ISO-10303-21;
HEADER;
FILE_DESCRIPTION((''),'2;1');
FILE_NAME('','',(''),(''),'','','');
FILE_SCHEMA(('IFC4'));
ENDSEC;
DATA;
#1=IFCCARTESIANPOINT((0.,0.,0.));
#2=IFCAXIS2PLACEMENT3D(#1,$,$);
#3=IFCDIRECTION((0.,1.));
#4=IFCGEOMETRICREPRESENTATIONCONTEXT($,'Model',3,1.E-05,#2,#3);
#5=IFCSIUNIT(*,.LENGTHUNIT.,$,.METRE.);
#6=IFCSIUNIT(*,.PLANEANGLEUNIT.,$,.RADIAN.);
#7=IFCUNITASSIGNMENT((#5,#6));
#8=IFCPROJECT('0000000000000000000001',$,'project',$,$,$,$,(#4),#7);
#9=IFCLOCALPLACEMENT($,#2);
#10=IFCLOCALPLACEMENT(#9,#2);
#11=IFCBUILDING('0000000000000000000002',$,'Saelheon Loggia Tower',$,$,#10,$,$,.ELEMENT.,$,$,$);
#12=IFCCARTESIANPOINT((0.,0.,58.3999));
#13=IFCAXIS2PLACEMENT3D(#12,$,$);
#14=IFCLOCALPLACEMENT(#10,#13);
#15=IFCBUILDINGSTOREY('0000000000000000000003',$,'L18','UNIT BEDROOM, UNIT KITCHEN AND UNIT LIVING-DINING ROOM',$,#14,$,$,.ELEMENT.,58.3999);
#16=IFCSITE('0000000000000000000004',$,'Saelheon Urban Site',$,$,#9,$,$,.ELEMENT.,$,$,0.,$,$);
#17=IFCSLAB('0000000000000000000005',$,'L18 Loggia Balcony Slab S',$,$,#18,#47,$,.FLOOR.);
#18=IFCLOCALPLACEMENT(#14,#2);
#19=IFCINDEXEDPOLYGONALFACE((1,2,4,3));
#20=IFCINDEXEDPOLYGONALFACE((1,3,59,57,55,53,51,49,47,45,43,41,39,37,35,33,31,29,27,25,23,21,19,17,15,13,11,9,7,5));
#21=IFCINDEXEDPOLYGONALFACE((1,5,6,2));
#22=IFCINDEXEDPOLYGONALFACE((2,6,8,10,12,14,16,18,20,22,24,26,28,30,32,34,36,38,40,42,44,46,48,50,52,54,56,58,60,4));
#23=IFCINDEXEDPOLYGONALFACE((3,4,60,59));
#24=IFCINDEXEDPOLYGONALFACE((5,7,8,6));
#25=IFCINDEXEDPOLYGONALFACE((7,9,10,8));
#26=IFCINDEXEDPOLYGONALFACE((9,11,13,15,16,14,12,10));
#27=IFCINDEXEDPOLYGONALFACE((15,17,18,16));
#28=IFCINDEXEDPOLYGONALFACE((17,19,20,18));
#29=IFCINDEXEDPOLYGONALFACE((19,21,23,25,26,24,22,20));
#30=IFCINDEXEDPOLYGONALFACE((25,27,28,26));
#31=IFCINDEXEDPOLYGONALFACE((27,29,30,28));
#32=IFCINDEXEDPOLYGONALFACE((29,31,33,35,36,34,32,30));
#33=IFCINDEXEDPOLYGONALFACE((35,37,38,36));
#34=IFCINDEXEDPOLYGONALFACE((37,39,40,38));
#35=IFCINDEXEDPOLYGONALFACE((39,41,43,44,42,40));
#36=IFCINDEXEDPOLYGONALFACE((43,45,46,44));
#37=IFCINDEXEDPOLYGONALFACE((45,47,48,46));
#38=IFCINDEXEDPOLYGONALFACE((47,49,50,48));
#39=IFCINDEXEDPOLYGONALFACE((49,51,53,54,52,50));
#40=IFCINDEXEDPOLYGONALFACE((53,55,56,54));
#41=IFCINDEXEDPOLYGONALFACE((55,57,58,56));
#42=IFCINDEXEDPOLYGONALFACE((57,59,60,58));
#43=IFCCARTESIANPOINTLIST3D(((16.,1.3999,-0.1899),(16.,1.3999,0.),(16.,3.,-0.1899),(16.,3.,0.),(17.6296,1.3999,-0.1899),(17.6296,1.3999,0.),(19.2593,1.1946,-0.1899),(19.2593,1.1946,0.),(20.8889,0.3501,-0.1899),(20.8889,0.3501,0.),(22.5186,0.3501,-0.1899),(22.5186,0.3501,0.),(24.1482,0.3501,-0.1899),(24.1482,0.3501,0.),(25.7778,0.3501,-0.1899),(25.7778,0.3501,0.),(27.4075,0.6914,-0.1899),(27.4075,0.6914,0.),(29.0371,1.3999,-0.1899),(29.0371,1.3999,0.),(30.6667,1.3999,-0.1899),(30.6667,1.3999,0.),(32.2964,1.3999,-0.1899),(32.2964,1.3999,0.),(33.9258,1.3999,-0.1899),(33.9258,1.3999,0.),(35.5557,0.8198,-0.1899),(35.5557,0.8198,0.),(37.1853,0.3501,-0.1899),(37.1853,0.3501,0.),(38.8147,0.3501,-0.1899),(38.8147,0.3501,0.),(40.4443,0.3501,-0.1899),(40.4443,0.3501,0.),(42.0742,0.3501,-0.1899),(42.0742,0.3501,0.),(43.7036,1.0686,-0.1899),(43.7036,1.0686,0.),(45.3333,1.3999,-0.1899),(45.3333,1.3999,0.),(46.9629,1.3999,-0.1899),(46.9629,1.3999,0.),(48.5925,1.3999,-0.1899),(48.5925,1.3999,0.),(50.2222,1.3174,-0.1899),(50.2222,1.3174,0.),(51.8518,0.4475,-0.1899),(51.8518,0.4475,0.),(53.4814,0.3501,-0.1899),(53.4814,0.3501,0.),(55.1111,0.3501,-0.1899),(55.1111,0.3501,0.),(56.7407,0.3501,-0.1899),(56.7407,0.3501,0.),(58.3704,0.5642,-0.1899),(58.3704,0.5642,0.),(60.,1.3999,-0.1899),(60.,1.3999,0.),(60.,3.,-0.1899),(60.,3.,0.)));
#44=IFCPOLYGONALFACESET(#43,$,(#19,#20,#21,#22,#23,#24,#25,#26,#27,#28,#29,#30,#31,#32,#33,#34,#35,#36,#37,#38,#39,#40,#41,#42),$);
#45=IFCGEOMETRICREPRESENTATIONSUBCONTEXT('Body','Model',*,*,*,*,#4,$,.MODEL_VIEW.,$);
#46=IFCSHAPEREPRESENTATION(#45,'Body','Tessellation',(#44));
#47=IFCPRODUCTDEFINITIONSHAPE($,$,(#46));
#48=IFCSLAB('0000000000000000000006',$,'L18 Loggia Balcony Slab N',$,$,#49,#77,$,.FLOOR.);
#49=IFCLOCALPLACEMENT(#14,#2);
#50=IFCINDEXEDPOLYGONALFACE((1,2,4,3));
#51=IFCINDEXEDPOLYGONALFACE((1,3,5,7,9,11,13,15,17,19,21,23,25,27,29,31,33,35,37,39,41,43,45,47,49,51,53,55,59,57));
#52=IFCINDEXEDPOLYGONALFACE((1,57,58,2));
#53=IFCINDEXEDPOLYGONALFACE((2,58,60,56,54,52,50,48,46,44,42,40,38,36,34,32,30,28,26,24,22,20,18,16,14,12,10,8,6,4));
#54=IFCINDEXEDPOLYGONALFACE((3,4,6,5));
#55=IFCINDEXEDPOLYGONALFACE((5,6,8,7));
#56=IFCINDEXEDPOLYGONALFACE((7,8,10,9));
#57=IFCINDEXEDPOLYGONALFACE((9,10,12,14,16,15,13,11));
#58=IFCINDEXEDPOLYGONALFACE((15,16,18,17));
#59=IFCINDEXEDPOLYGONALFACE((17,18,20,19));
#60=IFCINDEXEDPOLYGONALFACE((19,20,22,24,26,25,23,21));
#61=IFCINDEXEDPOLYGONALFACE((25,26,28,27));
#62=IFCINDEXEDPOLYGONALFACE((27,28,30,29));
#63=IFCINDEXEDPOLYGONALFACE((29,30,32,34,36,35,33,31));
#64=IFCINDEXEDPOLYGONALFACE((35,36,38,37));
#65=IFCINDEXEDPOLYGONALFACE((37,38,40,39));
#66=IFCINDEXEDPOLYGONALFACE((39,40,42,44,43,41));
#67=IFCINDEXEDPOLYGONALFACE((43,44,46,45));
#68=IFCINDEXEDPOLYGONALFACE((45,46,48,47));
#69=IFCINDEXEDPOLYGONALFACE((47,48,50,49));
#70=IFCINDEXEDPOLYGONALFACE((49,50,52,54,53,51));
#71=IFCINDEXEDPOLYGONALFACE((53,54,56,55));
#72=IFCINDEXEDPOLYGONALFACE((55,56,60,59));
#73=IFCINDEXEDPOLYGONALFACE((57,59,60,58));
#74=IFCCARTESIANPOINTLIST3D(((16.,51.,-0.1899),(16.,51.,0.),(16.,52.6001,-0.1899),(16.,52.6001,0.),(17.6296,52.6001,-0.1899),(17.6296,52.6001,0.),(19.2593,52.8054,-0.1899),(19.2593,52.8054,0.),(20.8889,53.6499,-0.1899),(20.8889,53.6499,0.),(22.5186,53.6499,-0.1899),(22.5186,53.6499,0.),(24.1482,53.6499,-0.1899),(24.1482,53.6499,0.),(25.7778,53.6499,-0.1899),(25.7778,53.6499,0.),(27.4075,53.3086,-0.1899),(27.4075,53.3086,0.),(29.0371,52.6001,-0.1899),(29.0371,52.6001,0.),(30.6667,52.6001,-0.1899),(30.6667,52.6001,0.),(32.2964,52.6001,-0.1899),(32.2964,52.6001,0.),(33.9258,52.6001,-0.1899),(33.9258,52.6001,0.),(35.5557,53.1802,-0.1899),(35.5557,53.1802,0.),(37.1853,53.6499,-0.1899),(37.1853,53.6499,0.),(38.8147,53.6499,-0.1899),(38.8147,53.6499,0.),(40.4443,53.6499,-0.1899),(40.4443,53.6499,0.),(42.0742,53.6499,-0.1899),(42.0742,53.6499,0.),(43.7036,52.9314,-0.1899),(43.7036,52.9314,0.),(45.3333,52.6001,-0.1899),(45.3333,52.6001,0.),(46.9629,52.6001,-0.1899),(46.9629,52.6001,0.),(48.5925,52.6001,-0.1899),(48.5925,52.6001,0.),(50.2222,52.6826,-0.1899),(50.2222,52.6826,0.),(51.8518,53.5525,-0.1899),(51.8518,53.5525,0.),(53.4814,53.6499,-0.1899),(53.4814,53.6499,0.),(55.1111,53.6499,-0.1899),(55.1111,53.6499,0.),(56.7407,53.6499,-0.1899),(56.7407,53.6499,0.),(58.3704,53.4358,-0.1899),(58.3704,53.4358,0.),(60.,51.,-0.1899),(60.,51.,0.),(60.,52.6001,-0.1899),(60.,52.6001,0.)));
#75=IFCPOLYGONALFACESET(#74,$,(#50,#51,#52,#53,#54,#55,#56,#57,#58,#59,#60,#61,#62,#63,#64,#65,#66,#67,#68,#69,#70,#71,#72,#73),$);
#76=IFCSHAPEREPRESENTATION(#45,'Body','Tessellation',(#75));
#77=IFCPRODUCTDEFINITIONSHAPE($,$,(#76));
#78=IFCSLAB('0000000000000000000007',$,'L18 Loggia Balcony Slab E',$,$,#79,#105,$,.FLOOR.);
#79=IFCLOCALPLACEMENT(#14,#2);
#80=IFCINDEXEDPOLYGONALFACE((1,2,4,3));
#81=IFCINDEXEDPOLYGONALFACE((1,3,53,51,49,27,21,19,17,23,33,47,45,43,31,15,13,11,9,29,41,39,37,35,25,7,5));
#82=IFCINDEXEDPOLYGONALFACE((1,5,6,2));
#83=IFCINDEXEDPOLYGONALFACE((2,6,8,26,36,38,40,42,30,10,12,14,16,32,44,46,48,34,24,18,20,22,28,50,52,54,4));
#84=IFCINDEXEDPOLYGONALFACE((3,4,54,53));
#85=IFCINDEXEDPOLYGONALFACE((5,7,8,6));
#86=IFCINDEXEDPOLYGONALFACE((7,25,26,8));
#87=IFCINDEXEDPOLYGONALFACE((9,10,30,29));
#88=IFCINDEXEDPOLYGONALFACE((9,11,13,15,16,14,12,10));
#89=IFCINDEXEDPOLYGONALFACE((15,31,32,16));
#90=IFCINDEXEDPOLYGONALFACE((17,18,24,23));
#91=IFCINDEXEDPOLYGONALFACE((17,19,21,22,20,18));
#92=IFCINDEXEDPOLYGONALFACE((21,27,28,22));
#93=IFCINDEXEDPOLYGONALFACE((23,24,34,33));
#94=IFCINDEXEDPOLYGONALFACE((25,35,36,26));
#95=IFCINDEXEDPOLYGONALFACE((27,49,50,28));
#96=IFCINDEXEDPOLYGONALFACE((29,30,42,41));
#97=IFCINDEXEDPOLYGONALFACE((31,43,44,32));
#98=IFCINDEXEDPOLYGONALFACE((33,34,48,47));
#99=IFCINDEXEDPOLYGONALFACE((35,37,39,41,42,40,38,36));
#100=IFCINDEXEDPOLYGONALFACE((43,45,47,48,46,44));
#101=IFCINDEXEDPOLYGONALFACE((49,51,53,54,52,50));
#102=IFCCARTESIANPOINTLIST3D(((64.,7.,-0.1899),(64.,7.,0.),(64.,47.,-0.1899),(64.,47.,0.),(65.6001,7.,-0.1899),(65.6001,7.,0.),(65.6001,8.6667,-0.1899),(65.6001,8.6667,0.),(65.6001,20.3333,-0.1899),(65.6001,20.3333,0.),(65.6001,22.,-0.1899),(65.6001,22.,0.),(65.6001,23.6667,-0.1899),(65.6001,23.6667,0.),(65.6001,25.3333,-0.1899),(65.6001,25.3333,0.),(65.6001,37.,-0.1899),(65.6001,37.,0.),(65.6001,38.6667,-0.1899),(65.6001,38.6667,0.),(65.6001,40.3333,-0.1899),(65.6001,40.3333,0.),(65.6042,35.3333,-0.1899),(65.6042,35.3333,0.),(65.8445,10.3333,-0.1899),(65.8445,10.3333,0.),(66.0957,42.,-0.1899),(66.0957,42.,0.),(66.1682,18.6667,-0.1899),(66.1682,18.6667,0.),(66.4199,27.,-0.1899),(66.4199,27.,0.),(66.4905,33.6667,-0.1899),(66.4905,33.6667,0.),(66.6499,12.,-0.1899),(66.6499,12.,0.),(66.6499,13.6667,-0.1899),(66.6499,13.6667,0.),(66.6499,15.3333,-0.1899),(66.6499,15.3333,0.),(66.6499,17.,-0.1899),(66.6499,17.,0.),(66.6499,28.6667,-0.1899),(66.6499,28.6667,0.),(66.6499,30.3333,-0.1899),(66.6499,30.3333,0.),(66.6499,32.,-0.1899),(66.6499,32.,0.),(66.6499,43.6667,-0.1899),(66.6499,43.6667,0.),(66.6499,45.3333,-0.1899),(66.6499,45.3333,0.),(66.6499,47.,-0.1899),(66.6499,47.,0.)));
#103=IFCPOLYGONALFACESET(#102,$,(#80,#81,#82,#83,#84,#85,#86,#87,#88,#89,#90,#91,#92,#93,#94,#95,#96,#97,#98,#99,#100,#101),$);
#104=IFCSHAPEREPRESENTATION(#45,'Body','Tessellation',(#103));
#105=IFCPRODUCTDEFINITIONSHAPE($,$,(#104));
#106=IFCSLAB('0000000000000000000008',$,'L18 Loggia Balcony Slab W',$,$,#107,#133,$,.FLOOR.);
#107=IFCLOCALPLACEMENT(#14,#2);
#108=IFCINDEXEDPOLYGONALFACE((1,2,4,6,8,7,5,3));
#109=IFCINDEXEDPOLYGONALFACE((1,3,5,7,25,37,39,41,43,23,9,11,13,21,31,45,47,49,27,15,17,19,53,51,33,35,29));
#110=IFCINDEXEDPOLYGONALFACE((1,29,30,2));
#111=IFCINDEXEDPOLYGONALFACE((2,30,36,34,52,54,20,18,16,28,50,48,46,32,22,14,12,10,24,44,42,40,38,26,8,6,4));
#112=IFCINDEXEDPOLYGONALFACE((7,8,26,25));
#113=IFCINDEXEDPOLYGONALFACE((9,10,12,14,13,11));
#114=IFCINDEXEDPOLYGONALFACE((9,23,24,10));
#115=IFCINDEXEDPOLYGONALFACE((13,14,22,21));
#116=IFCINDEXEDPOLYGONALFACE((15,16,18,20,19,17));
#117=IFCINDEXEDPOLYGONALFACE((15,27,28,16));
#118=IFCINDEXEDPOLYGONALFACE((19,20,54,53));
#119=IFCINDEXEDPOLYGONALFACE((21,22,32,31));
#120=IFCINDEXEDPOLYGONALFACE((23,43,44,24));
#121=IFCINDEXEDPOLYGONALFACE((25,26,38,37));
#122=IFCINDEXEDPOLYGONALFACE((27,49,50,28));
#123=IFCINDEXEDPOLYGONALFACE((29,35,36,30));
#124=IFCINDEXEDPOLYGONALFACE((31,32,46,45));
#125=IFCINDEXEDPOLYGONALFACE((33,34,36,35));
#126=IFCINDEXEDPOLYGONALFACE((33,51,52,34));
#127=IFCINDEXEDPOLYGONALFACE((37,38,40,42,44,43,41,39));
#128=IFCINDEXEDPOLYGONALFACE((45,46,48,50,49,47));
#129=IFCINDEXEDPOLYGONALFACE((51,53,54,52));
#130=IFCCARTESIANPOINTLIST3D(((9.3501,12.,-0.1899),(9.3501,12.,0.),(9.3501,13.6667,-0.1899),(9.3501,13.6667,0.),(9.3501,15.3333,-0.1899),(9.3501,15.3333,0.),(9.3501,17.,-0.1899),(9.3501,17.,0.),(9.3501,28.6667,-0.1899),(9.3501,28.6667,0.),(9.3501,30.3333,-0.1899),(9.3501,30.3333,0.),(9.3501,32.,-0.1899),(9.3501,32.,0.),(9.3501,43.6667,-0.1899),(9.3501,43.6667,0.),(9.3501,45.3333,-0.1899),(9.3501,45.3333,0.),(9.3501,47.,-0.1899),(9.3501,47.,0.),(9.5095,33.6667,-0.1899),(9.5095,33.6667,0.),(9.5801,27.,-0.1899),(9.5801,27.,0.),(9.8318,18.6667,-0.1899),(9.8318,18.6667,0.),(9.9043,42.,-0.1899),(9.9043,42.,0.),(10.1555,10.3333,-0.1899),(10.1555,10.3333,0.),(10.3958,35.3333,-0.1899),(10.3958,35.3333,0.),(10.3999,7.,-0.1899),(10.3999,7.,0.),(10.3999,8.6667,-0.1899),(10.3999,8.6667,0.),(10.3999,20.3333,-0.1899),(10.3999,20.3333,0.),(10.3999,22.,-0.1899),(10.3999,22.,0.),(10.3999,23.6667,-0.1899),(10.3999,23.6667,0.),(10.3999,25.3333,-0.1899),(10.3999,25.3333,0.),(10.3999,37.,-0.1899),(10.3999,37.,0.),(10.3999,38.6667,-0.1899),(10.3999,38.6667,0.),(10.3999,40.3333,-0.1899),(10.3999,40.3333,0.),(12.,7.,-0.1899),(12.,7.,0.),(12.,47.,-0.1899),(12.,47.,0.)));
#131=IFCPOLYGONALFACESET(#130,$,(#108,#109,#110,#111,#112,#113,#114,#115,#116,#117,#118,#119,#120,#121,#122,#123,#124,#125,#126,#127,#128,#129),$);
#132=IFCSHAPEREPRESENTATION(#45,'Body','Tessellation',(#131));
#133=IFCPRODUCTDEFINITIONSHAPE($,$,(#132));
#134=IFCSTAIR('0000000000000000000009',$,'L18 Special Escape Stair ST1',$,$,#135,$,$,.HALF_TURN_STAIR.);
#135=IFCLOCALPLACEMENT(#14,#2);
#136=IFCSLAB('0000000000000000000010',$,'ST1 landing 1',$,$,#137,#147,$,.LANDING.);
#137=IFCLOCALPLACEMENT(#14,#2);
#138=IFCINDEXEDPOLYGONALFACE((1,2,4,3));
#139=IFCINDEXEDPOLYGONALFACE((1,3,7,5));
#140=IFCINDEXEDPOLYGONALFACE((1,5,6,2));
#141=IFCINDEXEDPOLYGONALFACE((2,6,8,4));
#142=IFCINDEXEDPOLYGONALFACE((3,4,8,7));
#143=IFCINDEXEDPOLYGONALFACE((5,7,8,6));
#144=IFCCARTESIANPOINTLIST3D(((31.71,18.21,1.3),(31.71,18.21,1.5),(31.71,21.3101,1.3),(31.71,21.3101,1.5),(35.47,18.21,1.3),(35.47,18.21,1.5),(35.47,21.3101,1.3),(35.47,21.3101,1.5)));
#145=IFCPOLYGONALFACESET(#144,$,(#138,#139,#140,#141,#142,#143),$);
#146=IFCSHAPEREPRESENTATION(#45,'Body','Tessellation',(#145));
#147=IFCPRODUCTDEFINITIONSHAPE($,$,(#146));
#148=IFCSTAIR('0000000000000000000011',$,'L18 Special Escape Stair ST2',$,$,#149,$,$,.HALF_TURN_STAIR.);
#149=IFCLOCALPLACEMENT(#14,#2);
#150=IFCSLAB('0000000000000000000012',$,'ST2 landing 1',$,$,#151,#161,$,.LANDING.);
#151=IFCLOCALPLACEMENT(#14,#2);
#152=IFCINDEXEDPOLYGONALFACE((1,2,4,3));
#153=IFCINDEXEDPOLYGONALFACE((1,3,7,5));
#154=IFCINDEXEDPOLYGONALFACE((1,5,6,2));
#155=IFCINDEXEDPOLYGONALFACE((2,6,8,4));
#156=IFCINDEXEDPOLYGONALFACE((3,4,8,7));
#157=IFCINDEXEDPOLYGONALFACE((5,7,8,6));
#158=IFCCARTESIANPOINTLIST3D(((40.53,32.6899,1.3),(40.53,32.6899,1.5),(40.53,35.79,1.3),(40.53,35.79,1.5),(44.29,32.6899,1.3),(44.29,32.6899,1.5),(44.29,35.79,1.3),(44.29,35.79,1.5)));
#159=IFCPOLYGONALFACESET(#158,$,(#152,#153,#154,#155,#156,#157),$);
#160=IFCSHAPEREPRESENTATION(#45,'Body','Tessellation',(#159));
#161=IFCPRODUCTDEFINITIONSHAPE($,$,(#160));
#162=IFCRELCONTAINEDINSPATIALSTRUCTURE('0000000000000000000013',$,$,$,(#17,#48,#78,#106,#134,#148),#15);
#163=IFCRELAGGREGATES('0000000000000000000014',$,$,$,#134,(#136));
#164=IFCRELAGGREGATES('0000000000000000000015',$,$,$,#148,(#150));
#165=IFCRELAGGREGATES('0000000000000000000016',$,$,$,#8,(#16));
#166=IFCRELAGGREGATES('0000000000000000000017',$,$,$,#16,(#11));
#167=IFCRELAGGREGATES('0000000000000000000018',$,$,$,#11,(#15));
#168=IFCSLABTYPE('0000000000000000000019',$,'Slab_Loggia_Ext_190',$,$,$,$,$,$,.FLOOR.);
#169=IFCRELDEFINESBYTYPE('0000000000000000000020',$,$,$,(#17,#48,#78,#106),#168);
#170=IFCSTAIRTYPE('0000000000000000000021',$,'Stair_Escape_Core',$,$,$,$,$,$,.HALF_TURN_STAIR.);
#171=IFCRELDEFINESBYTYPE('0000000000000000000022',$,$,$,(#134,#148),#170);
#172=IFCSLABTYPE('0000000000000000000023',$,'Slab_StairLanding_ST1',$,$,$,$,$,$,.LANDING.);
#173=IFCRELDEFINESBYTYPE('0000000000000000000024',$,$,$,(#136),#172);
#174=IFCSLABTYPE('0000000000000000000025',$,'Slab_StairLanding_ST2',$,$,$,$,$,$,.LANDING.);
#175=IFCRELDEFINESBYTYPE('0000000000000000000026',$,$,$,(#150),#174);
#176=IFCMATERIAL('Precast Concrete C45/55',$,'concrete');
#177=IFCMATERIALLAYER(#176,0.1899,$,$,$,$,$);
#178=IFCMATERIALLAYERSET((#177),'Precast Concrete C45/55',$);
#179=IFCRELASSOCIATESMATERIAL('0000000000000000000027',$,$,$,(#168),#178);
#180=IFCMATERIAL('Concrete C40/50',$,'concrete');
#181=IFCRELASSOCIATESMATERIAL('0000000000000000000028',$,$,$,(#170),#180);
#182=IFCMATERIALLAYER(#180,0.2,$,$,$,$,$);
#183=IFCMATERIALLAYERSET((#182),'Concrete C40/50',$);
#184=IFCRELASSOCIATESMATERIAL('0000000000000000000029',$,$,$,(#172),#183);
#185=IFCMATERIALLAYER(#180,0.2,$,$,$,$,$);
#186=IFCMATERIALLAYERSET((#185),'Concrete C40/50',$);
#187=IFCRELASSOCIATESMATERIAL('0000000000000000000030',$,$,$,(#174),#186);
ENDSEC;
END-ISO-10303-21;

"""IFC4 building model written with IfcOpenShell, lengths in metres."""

from ifc_helpers import new_model, si_unit, direction, frame, origin, place, context, subcontext, project, spatial, polyline, outline, extrude, material, layer, layer_set, type_object, element, aggregate, save


model = new_model("IFC4")

# Units and contexts
model_context = context("Model", 3, precision=1e-05, world=origin(), true_north=direction((0.0, 1.0)))
body_context = subcontext(model_context, "Body", "Model", "MODEL_VIEW")
ifc_project = project(units=[si_unit("LENGTHUNIT", "METRE"), si_unit("PLANEANGLEUNIT", "RADIAN")], contexts=[model_context])

# Site, building, storey
site_placement = place(None, origin())
site = spatial("IfcSite", under=ifc_project, at=site_placement, Name="Saelheon Urban Site", CompositionType="ELEMENT", RefElevation=0.0)
building_placement = place(site_placement, origin())
building = spatial("IfcBuilding", under=site, at=building_placement, Name="Saelheon Loggia Tower", CompositionType="ELEMENT")
storey_placement = place(building_placement, frame((0.0, 0.0, 58.3999)))
storey = spatial("IfcBuildingStorey", under=building, at=storey_placement, Name="L18", Description="UNIT BEDROOM, UNIT KITCHEN AND UNIT LIVING-DINING ROOM", CompositionType="ELEMENT", Elevation=58.3999)

# Slabs
ifc_material_1 = material(Name="Precast Concrete C45/55", Category="concrete")
ifc_layer_1 = layer(ifc_material_1, 0.1899)
ifc_layer_set_1 = layer_set([ifc_layer_1], Name="Precast Concrete C45/55")
slab_type_1 = type_object("IfcSlabType", Name="Slab_Loggia_Ext_190", PredefinedType="FLOOR", material=ifc_layer_set_1)
slab_1_placement = place(storey_placement, frame((0.0, 0.0, -0.1899)))
element("IfcSlab", 1, at=slab_1_placement, inside=storey, type_object=slab_type_1, Name="L18 Loggia Balcony Slab S", PredefinedType="FLOOR", context=body_context, shape_type="SweptSolid", body=[
    extrude(outline(polyline([(16.0, 1.3999), (17.6296, 1.3999), (19.2593, 1.1946), (20.8889, 0.3501), (22.5186, 0.3501), (24.1482, 0.3501), (25.7778, 0.3501), (27.4075, 0.6914), (29.0371, 1.3999), (30.6667, 1.3999), (32.2964, 1.3999), (33.9258, 1.3999), (35.5557, 0.8198), (37.1853, 0.3501), (38.8147, 0.3501), (40.4443, 0.3501), (42.0742, 0.3501), (43.7036, 1.0686), (45.3333, 1.3999), (46.9629, 1.3999), (48.5925, 1.3999), (50.2222, 1.3174), (51.8518, 0.4475), (53.4814, 0.3501), (55.1111, 0.3501), (56.7407, 0.3501), (58.3704, 0.5642), (60.0, 1.3999), (60.0, 3.0), (16.0, 3.0), (16.0, 1.3999)])), origin(), (0.0, 0.0, 1.0), 0.1899),
])
slab_2_placement = place(storey_placement, frame((0.0, 0.0, -0.1899)))
element("IfcSlab", 2, at=slab_2_placement, inside=storey, type_object=slab_type_1, Name="L18 Loggia Balcony Slab N", PredefinedType="FLOOR", context=body_context, shape_type="SweptSolid", body=[
    extrude(outline(polyline([(16.0, 51.0), (60.0, 51.0), (60.0, 52.6001), (58.3704, 53.4358), (56.7407, 53.6499), (55.1111, 53.6499), (53.4814, 53.6499), (51.8518, 53.5525), (50.2222, 52.6826), (48.5925, 52.6001), (46.9629, 52.6001), (45.3333, 52.6001), (43.7036, 52.9314), (42.0742, 53.6499), (40.4443, 53.6499), (38.8147, 53.6499), (37.1853, 53.6499), (35.5557, 53.1802), (33.9258, 52.6001), (32.2964, 52.6001), (30.6667, 52.6001), (29.0371, 52.6001), (27.4075, 53.3086), (25.7778, 53.6499), (24.1482, 53.6499), (22.5186, 53.6499), (20.8889, 53.6499), (19.2593, 52.8054), (17.6296, 52.6001), (16.0, 52.6001), (16.0, 51.0)])), origin(), (0.0, 0.0, 1.0), 0.1899),
])
slab_3_placement = place(storey_placement, frame((0.0, 0.0, -0.1899)))
element("IfcSlab", 3, at=slab_3_placement, inside=storey, type_object=slab_type_1, Name="L18 Loggia Balcony Slab E", PredefinedType="FLOOR", context=body_context, shape_type="SweptSolid", body=[
    extrude(outline(polyline([(64.0, 7.0), (65.6001, 7.0), (65.6001, 8.6667), (65.8445, 10.3333), (66.6499, 12.0), (66.6499, 13.6667), (66.6499, 15.3333), (66.6499, 17.0), (66.1682, 18.6667), (65.6001, 20.3333), (65.6001, 22.0), (65.6001, 23.6667), (65.6001, 25.3333), (66.4199, 27.0), (66.6499, 28.6667), (66.6499, 30.3333), (66.6499, 32.0), (66.4905, 33.6667), (65.6042, 35.3333), (65.6001, 37.0), (65.6001, 38.6667), (65.6001, 40.3333), (66.0957, 42.0), (66.6499, 43.6667), (66.6499, 45.3333), (66.6499, 47.0), (64.0, 47.0), (64.0, 7.0)])), origin(), (0.0, 0.0, 1.0), 0.1899),
])
slab_4_placement = place(storey_placement, frame((0.0, 0.0, -0.1899)))
element("IfcSlab", 4, at=slab_4_placement, inside=storey, type_object=slab_type_1, Name="L18 Loggia Balcony Slab W", PredefinedType="FLOOR", context=body_context, shape_type="SweptSolid", body=[
    extrude(outline(polyline([(12.0, 7.0), (12.0, 47.0), (9.3501, 47.0), (9.3501, 45.3333), (9.3501, 43.6667), (9.9043, 42.0), (10.3999, 40.3333), (10.3999, 38.6667), (10.3999, 37.0), (10.3958, 35.3333), (9.5095, 33.6667), (9.3501, 32.0), (9.3501, 30.3333), (9.3501, 28.6667), (9.5801, 27.0), (10.3999, 25.3333), (10.3999, 23.6667), (10.3999, 22.0), (10.3999, 20.3333), (9.8318, 18.6667), (9.3501, 17.0), (9.3501, 15.3333), (9.3501, 13.6667), (9.3501, 12.0), (10.1555, 10.3333), (10.3999, 8.6667), (10.3999, 7.0), (12.0, 7.0)])), origin(), (0.0, 0.0, 1.0), 0.1899),
])

# Stairs, slabs
ifc_material_2 = material(Name="Concrete C40/50", Category="concrete")
stair_type = type_object("IfcStairType", Name="Stair_Escape_Core", PredefinedType="HALF_TURN_STAIR", material=ifc_material_2)
stair_1_placement = place(storey_placement, origin())
stair_1 = element("IfcStair", 5, at=stair_1_placement, inside=storey, type_object=stair_type, Name="L18 Special Escape Stair ST1", PredefinedType="HALF_TURN_STAIR")
ifc_layer_2 = layer(ifc_material_2, 0.2)
ifc_layer_set_2 = layer_set([ifc_layer_2], Name="Concrete C40/50")
slab_type_2 = type_object("IfcSlabType", Name="Slab_StairLanding_ST1", PredefinedType="LANDING", material=ifc_layer_set_2)
slab_5_placement = place(storey_placement, frame((0.0, 0.0, 1.3)))
slab_5 = element("IfcSlab", 6, at=slab_5_placement, type_object=slab_type_2, Name="ST1 landing 1", PredefinedType="LANDING", context=body_context, shape_type="SweptSolid", body=[
    extrude(outline(polyline([(31.71, 21.3101), (31.71, 18.21), (35.47, 18.21), (35.47, 21.3101), (31.71, 21.3101)])), origin(), (0.0, 0.0, 1.0), 0.2),
])
aggregate(stair_1, [slab_5])
stair_2_placement = place(storey_placement, origin())
stair_2 = element("IfcStair", 7, at=stair_2_placement, inside=storey, type_object=stair_type, Name="L18 Special Escape Stair ST2", PredefinedType="HALF_TURN_STAIR")
ifc_layer_3 = layer(ifc_material_2, 0.2)
ifc_layer_set_3 = layer_set([ifc_layer_3], Name="Concrete C40/50")
slab_type_3 = type_object("IfcSlabType", Name="Slab_StairLanding_ST2", PredefinedType="LANDING", material=ifc_layer_set_3)
slab_6_placement = place(storey_placement, frame((0.0, 0.0, 1.3)))
slab_6 = element("IfcSlab", 8, at=slab_6_placement, type_object=slab_type_3, Name="ST2 landing 1", PredefinedType="LANDING", context=body_context, shape_type="SweptSolid", body=[
    extrude(outline(polyline([(44.29, 32.6899), (44.29, 35.79), (40.53, 35.79), (40.53, 32.6899), (44.29, 32.6899)])), origin(), (0.0, 0.0, 1.0), 0.2),
])
aggregate(stair_2, [slab_6])

save(model, "model.ifc")
